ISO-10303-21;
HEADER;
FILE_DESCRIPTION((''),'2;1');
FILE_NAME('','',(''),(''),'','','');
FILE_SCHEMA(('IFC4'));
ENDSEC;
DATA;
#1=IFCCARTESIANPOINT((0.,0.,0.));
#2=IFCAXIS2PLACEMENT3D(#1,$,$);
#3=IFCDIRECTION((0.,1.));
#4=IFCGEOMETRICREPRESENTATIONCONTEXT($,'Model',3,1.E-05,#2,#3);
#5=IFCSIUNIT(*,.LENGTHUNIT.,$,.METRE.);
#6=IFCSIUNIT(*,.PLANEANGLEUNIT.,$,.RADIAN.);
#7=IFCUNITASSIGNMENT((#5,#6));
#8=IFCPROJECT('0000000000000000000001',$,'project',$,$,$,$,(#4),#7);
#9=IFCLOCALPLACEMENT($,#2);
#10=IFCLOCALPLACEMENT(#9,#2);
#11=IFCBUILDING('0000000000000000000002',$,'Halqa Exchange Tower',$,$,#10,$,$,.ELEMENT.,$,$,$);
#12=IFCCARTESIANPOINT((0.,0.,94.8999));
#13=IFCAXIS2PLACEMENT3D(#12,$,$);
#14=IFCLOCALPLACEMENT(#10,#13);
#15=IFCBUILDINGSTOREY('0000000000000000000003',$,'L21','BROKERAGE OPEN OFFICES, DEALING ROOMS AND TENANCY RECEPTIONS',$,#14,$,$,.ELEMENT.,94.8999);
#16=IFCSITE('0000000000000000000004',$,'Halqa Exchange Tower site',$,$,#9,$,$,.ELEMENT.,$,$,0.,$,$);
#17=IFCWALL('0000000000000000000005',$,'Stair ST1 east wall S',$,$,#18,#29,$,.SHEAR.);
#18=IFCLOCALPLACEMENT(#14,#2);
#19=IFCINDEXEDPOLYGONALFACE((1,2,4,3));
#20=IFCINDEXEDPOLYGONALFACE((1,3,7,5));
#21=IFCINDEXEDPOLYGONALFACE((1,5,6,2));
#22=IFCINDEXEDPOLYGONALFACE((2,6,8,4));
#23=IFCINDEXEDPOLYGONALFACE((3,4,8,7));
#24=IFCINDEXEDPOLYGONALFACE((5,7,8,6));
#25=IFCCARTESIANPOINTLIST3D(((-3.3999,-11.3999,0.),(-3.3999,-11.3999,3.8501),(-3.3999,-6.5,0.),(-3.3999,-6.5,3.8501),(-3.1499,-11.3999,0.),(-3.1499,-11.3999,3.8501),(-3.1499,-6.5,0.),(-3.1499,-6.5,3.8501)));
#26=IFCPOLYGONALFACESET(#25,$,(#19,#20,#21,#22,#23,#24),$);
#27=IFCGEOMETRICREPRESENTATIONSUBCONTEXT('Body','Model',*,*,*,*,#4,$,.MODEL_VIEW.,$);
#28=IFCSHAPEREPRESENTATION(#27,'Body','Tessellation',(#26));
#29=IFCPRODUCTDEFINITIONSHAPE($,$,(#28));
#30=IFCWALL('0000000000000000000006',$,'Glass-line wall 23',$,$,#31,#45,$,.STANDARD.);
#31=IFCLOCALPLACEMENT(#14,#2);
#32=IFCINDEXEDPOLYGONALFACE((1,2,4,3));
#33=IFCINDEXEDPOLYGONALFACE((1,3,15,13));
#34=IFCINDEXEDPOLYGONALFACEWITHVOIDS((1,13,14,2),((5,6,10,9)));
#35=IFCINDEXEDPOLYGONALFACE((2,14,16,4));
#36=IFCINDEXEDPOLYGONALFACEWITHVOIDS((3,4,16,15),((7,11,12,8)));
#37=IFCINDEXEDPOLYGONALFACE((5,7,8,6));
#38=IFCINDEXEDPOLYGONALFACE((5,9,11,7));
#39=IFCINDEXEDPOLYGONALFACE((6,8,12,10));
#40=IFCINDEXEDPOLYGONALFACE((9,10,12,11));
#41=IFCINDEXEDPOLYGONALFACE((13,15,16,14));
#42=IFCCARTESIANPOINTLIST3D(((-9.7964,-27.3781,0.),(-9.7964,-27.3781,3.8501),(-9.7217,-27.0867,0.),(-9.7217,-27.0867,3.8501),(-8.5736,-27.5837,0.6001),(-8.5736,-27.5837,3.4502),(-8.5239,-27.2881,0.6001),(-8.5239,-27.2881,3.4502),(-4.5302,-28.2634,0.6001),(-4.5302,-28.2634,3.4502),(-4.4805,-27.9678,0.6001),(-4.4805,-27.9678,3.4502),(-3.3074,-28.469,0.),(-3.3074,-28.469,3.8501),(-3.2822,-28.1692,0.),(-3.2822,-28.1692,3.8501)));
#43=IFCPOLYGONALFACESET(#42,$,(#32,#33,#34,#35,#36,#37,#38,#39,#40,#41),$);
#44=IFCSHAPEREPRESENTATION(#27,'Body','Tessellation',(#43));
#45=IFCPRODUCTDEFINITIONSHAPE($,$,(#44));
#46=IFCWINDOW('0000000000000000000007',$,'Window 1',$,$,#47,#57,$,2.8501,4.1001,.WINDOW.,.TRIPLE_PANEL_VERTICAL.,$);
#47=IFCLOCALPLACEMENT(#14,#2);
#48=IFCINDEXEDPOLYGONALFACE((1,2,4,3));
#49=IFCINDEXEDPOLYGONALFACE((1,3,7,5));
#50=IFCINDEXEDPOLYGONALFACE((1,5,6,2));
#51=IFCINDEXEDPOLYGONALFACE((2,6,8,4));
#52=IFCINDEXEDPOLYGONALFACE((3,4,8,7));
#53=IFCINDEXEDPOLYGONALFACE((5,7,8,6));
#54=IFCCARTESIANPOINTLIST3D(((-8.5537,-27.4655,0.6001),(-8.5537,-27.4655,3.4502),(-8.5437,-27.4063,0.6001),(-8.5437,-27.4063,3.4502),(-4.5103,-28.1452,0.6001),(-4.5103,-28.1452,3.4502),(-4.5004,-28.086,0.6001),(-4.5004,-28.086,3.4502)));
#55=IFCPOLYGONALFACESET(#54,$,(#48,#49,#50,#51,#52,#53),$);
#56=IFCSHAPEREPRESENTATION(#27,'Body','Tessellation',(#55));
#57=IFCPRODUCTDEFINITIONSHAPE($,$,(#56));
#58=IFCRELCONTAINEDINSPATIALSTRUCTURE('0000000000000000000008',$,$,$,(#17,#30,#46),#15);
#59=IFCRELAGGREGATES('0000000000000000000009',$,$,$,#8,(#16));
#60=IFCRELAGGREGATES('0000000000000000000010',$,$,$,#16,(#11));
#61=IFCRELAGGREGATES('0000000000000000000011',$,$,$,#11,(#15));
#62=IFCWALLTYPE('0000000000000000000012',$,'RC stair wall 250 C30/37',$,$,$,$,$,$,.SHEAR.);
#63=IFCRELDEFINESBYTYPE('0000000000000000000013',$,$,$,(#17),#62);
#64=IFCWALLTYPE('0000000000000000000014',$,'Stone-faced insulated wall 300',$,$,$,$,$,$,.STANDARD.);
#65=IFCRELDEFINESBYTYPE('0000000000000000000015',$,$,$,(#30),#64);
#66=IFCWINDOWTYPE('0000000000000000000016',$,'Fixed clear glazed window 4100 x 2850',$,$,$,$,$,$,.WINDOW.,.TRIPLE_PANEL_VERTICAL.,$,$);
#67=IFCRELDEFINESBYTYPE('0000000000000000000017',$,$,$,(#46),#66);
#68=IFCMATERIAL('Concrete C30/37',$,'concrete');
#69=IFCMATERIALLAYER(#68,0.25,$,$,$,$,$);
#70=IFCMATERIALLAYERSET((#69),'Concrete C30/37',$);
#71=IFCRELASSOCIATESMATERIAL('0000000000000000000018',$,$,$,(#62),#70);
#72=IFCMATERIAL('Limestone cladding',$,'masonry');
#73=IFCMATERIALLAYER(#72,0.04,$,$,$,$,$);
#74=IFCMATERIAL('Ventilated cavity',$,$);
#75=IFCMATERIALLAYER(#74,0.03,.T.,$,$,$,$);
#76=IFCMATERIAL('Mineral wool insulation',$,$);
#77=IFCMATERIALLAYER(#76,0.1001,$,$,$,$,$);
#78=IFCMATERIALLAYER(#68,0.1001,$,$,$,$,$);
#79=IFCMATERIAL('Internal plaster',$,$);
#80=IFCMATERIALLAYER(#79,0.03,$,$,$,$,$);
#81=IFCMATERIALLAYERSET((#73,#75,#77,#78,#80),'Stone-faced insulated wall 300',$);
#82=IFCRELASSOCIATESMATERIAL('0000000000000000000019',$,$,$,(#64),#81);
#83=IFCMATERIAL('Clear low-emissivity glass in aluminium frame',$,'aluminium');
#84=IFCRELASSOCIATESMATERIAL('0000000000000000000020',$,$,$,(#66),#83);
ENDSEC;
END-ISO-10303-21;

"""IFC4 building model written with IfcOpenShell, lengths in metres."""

from ifc_helpers import new_model, si_unit, direction, frame, frame_2d, origin, place, context, subcontext, project, spatial, polyline, rectangle, outline, extrude, material, layer, layer_set, type_object, element, fill, save


model = new_model("IFC4")

# Units and contexts
model_context = context("Model", 3, precision=1e-05, world=origin(), true_north=direction((0.0, 1.0)))
body_context = subcontext(model_context, "Body", "Model", "MODEL_VIEW")
ifc_project = project(units=[si_unit("LENGTHUNIT", "METRE"), si_unit("PLANEANGLEUNIT", "RADIAN")], contexts=[model_context])

# Site, building, storey
site_placement = place(None, origin())
site = spatial("IfcSite", under=ifc_project, at=site_placement, Name="Halqa Exchange Tower site", CompositionType="ELEMENT", RefElevation=0.0)
building_placement = place(site_placement, origin())
building = spatial("IfcBuilding", under=site, at=building_placement, Name="Halqa Exchange Tower", CompositionType="ELEMENT")
storey_placement = place(building_placement, frame((0.0, 0.0, 94.8999)))
storey = spatial("IfcBuildingStorey", under=building, at=storey_placement, Name="L21", Description="BROKERAGE OPEN OFFICES, DEALING ROOMS AND TENANCY RECEPTIONS", CompositionType="ELEMENT", Elevation=94.8999)

# Wall
ifc_material_1 = material(Name="Concrete C30/37", Category="concrete")
ifc_layer_1 = layer(ifc_material_1, 0.25)
ifc_layer_set_1 = layer_set([ifc_layer_1], Name="Concrete C30/37")
wall_type_1 = type_object("IfcWallType", Name="RC stair wall 250 C30/37", PredefinedType="SHEAR", material=ifc_layer_set_1)
wall_1_placement = place(storey_placement, frame((-3.2749, -11.3999, 0.0), z_axis=(0.0, 0.0, 1.0), x_axis=(0.0, 1.0, 0.0)))
element("IfcWall", 1, at=wall_1_placement, inside=storey, type_object=wall_type_1, Name="Stair ST1 east wall S", PredefinedType="SHEAR", context=body_context, shape_type="SweptSolid", body=[
    extrude(rectangle(XDim=4.8999, YDim=0.25, at=frame_2d((2.45, 0.0))), origin(), (0.0, 0.0, 1.0), 3.8501),
])

# Wall, opening, window
ifc_material_2 = material(Name="Limestone cladding", Category="masonry")
ifc_layer_2 = layer(ifc_material_2, 0.04)
ifc_material_3 = material(Name="Ventilated cavity")
ifc_layer_3 = layer(ifc_material_3, 0.03, ventilated=True)
ifc_material_4 = material(Name="Mineral wool insulation")
ifc_layer_4 = layer(ifc_material_4, 0.1001)
ifc_layer_5 = layer(ifc_material_1, 0.1001)
ifc_material_5 = material(Name="Internal plaster")
ifc_layer_6 = layer(ifc_material_5, 0.03)
ifc_layer_set_2 = layer_set([ifc_layer_2, ifc_layer_3, ifc_layer_4, ifc_layer_5, ifc_layer_6], Name="Stone-faced insulated wall 300")
wall_type_2 = type_object("IfcWallType", Name="Stone-faced insulated wall 300", PredefinedType="STANDARD", material=ifc_layer_set_2)
wall_2_placement = place(storey_placement, frame((-9.759, -27.2324, 0.0), z_axis=(0.0, 0.0, 1.0), x_axis=(0.986162, -0.165782, 0.0)))
wall_2 = element("IfcWall", 2, at=wall_2_placement, inside=storey, type_object=wall_type_2, Name="Glass-line wall 23", PredefinedType="STANDARD", context=body_context, shape_type="SweptSolid", body=[
    extrude(outline(polyline([(-0.0127, -0.1499), (6.5674, -0.1499), (6.5425, 0.1499), (0.0127, 0.1499), (-0.0127, -0.1499)])), origin(), (0.0, 0.0, 1.0), 3.8501),
])
opening_1_placement = place(wall_2_placement, frame((1.2273, 0.0, 0.6001)))
opening_1 = element("IfcOpeningElement", 3, at=opening_1_placement, cuts=wall_2, PredefinedType="OPENING", context=body_context, shape_type="SweptSolid", body=[
    extrude(rectangle(XDim=4.1001, YDim=2.8501, at=frame_2d((2.05, 1.425))), frame((0.0, 0.1621, 0.0), z_axis=(0.0, -1.0, 0.0), x_axis=(1.0, 0.0, 0.0)), (0.0, 0.0, 1.0), 0.324),
])
ifc_material_6 = material(Name="Clear low-emissivity glass in aluminium frame", Category="aluminium")
window_type = type_object("IfcWindowType", Name="Fixed clear glazed window 4100 x 2850", PartitioningType="TRIPLE_PANEL_VERTICAL", PredefinedType="WINDOW", material=ifc_material_6)
window_placement = place(opening_1_placement, origin())
window = element("IfcWindow", 4, at=window_placement, inside=storey, type_object=window_type, Name="Window 1", OverallHeight=2.8501, OverallWidth=4.1001, PartitioningType="TRIPLE_PANEL_VERTICAL", PredefinedType="WINDOW", context=body_context, shape_type="SweptSolid", body=[
    extrude(rectangle(XDim=4.1001, YDim=2.8501, at=frame_2d((2.05, 1.425))), frame((0.0, 0.03, 0.0), z_axis=(0.0, -1.0, 0.0), x_axis=(1.0, 0.0, 0.0)), (0.0, 0.0, 1.0), 0.0601),
])
fill(opening_1, window)

save(model, "model.ifc")
